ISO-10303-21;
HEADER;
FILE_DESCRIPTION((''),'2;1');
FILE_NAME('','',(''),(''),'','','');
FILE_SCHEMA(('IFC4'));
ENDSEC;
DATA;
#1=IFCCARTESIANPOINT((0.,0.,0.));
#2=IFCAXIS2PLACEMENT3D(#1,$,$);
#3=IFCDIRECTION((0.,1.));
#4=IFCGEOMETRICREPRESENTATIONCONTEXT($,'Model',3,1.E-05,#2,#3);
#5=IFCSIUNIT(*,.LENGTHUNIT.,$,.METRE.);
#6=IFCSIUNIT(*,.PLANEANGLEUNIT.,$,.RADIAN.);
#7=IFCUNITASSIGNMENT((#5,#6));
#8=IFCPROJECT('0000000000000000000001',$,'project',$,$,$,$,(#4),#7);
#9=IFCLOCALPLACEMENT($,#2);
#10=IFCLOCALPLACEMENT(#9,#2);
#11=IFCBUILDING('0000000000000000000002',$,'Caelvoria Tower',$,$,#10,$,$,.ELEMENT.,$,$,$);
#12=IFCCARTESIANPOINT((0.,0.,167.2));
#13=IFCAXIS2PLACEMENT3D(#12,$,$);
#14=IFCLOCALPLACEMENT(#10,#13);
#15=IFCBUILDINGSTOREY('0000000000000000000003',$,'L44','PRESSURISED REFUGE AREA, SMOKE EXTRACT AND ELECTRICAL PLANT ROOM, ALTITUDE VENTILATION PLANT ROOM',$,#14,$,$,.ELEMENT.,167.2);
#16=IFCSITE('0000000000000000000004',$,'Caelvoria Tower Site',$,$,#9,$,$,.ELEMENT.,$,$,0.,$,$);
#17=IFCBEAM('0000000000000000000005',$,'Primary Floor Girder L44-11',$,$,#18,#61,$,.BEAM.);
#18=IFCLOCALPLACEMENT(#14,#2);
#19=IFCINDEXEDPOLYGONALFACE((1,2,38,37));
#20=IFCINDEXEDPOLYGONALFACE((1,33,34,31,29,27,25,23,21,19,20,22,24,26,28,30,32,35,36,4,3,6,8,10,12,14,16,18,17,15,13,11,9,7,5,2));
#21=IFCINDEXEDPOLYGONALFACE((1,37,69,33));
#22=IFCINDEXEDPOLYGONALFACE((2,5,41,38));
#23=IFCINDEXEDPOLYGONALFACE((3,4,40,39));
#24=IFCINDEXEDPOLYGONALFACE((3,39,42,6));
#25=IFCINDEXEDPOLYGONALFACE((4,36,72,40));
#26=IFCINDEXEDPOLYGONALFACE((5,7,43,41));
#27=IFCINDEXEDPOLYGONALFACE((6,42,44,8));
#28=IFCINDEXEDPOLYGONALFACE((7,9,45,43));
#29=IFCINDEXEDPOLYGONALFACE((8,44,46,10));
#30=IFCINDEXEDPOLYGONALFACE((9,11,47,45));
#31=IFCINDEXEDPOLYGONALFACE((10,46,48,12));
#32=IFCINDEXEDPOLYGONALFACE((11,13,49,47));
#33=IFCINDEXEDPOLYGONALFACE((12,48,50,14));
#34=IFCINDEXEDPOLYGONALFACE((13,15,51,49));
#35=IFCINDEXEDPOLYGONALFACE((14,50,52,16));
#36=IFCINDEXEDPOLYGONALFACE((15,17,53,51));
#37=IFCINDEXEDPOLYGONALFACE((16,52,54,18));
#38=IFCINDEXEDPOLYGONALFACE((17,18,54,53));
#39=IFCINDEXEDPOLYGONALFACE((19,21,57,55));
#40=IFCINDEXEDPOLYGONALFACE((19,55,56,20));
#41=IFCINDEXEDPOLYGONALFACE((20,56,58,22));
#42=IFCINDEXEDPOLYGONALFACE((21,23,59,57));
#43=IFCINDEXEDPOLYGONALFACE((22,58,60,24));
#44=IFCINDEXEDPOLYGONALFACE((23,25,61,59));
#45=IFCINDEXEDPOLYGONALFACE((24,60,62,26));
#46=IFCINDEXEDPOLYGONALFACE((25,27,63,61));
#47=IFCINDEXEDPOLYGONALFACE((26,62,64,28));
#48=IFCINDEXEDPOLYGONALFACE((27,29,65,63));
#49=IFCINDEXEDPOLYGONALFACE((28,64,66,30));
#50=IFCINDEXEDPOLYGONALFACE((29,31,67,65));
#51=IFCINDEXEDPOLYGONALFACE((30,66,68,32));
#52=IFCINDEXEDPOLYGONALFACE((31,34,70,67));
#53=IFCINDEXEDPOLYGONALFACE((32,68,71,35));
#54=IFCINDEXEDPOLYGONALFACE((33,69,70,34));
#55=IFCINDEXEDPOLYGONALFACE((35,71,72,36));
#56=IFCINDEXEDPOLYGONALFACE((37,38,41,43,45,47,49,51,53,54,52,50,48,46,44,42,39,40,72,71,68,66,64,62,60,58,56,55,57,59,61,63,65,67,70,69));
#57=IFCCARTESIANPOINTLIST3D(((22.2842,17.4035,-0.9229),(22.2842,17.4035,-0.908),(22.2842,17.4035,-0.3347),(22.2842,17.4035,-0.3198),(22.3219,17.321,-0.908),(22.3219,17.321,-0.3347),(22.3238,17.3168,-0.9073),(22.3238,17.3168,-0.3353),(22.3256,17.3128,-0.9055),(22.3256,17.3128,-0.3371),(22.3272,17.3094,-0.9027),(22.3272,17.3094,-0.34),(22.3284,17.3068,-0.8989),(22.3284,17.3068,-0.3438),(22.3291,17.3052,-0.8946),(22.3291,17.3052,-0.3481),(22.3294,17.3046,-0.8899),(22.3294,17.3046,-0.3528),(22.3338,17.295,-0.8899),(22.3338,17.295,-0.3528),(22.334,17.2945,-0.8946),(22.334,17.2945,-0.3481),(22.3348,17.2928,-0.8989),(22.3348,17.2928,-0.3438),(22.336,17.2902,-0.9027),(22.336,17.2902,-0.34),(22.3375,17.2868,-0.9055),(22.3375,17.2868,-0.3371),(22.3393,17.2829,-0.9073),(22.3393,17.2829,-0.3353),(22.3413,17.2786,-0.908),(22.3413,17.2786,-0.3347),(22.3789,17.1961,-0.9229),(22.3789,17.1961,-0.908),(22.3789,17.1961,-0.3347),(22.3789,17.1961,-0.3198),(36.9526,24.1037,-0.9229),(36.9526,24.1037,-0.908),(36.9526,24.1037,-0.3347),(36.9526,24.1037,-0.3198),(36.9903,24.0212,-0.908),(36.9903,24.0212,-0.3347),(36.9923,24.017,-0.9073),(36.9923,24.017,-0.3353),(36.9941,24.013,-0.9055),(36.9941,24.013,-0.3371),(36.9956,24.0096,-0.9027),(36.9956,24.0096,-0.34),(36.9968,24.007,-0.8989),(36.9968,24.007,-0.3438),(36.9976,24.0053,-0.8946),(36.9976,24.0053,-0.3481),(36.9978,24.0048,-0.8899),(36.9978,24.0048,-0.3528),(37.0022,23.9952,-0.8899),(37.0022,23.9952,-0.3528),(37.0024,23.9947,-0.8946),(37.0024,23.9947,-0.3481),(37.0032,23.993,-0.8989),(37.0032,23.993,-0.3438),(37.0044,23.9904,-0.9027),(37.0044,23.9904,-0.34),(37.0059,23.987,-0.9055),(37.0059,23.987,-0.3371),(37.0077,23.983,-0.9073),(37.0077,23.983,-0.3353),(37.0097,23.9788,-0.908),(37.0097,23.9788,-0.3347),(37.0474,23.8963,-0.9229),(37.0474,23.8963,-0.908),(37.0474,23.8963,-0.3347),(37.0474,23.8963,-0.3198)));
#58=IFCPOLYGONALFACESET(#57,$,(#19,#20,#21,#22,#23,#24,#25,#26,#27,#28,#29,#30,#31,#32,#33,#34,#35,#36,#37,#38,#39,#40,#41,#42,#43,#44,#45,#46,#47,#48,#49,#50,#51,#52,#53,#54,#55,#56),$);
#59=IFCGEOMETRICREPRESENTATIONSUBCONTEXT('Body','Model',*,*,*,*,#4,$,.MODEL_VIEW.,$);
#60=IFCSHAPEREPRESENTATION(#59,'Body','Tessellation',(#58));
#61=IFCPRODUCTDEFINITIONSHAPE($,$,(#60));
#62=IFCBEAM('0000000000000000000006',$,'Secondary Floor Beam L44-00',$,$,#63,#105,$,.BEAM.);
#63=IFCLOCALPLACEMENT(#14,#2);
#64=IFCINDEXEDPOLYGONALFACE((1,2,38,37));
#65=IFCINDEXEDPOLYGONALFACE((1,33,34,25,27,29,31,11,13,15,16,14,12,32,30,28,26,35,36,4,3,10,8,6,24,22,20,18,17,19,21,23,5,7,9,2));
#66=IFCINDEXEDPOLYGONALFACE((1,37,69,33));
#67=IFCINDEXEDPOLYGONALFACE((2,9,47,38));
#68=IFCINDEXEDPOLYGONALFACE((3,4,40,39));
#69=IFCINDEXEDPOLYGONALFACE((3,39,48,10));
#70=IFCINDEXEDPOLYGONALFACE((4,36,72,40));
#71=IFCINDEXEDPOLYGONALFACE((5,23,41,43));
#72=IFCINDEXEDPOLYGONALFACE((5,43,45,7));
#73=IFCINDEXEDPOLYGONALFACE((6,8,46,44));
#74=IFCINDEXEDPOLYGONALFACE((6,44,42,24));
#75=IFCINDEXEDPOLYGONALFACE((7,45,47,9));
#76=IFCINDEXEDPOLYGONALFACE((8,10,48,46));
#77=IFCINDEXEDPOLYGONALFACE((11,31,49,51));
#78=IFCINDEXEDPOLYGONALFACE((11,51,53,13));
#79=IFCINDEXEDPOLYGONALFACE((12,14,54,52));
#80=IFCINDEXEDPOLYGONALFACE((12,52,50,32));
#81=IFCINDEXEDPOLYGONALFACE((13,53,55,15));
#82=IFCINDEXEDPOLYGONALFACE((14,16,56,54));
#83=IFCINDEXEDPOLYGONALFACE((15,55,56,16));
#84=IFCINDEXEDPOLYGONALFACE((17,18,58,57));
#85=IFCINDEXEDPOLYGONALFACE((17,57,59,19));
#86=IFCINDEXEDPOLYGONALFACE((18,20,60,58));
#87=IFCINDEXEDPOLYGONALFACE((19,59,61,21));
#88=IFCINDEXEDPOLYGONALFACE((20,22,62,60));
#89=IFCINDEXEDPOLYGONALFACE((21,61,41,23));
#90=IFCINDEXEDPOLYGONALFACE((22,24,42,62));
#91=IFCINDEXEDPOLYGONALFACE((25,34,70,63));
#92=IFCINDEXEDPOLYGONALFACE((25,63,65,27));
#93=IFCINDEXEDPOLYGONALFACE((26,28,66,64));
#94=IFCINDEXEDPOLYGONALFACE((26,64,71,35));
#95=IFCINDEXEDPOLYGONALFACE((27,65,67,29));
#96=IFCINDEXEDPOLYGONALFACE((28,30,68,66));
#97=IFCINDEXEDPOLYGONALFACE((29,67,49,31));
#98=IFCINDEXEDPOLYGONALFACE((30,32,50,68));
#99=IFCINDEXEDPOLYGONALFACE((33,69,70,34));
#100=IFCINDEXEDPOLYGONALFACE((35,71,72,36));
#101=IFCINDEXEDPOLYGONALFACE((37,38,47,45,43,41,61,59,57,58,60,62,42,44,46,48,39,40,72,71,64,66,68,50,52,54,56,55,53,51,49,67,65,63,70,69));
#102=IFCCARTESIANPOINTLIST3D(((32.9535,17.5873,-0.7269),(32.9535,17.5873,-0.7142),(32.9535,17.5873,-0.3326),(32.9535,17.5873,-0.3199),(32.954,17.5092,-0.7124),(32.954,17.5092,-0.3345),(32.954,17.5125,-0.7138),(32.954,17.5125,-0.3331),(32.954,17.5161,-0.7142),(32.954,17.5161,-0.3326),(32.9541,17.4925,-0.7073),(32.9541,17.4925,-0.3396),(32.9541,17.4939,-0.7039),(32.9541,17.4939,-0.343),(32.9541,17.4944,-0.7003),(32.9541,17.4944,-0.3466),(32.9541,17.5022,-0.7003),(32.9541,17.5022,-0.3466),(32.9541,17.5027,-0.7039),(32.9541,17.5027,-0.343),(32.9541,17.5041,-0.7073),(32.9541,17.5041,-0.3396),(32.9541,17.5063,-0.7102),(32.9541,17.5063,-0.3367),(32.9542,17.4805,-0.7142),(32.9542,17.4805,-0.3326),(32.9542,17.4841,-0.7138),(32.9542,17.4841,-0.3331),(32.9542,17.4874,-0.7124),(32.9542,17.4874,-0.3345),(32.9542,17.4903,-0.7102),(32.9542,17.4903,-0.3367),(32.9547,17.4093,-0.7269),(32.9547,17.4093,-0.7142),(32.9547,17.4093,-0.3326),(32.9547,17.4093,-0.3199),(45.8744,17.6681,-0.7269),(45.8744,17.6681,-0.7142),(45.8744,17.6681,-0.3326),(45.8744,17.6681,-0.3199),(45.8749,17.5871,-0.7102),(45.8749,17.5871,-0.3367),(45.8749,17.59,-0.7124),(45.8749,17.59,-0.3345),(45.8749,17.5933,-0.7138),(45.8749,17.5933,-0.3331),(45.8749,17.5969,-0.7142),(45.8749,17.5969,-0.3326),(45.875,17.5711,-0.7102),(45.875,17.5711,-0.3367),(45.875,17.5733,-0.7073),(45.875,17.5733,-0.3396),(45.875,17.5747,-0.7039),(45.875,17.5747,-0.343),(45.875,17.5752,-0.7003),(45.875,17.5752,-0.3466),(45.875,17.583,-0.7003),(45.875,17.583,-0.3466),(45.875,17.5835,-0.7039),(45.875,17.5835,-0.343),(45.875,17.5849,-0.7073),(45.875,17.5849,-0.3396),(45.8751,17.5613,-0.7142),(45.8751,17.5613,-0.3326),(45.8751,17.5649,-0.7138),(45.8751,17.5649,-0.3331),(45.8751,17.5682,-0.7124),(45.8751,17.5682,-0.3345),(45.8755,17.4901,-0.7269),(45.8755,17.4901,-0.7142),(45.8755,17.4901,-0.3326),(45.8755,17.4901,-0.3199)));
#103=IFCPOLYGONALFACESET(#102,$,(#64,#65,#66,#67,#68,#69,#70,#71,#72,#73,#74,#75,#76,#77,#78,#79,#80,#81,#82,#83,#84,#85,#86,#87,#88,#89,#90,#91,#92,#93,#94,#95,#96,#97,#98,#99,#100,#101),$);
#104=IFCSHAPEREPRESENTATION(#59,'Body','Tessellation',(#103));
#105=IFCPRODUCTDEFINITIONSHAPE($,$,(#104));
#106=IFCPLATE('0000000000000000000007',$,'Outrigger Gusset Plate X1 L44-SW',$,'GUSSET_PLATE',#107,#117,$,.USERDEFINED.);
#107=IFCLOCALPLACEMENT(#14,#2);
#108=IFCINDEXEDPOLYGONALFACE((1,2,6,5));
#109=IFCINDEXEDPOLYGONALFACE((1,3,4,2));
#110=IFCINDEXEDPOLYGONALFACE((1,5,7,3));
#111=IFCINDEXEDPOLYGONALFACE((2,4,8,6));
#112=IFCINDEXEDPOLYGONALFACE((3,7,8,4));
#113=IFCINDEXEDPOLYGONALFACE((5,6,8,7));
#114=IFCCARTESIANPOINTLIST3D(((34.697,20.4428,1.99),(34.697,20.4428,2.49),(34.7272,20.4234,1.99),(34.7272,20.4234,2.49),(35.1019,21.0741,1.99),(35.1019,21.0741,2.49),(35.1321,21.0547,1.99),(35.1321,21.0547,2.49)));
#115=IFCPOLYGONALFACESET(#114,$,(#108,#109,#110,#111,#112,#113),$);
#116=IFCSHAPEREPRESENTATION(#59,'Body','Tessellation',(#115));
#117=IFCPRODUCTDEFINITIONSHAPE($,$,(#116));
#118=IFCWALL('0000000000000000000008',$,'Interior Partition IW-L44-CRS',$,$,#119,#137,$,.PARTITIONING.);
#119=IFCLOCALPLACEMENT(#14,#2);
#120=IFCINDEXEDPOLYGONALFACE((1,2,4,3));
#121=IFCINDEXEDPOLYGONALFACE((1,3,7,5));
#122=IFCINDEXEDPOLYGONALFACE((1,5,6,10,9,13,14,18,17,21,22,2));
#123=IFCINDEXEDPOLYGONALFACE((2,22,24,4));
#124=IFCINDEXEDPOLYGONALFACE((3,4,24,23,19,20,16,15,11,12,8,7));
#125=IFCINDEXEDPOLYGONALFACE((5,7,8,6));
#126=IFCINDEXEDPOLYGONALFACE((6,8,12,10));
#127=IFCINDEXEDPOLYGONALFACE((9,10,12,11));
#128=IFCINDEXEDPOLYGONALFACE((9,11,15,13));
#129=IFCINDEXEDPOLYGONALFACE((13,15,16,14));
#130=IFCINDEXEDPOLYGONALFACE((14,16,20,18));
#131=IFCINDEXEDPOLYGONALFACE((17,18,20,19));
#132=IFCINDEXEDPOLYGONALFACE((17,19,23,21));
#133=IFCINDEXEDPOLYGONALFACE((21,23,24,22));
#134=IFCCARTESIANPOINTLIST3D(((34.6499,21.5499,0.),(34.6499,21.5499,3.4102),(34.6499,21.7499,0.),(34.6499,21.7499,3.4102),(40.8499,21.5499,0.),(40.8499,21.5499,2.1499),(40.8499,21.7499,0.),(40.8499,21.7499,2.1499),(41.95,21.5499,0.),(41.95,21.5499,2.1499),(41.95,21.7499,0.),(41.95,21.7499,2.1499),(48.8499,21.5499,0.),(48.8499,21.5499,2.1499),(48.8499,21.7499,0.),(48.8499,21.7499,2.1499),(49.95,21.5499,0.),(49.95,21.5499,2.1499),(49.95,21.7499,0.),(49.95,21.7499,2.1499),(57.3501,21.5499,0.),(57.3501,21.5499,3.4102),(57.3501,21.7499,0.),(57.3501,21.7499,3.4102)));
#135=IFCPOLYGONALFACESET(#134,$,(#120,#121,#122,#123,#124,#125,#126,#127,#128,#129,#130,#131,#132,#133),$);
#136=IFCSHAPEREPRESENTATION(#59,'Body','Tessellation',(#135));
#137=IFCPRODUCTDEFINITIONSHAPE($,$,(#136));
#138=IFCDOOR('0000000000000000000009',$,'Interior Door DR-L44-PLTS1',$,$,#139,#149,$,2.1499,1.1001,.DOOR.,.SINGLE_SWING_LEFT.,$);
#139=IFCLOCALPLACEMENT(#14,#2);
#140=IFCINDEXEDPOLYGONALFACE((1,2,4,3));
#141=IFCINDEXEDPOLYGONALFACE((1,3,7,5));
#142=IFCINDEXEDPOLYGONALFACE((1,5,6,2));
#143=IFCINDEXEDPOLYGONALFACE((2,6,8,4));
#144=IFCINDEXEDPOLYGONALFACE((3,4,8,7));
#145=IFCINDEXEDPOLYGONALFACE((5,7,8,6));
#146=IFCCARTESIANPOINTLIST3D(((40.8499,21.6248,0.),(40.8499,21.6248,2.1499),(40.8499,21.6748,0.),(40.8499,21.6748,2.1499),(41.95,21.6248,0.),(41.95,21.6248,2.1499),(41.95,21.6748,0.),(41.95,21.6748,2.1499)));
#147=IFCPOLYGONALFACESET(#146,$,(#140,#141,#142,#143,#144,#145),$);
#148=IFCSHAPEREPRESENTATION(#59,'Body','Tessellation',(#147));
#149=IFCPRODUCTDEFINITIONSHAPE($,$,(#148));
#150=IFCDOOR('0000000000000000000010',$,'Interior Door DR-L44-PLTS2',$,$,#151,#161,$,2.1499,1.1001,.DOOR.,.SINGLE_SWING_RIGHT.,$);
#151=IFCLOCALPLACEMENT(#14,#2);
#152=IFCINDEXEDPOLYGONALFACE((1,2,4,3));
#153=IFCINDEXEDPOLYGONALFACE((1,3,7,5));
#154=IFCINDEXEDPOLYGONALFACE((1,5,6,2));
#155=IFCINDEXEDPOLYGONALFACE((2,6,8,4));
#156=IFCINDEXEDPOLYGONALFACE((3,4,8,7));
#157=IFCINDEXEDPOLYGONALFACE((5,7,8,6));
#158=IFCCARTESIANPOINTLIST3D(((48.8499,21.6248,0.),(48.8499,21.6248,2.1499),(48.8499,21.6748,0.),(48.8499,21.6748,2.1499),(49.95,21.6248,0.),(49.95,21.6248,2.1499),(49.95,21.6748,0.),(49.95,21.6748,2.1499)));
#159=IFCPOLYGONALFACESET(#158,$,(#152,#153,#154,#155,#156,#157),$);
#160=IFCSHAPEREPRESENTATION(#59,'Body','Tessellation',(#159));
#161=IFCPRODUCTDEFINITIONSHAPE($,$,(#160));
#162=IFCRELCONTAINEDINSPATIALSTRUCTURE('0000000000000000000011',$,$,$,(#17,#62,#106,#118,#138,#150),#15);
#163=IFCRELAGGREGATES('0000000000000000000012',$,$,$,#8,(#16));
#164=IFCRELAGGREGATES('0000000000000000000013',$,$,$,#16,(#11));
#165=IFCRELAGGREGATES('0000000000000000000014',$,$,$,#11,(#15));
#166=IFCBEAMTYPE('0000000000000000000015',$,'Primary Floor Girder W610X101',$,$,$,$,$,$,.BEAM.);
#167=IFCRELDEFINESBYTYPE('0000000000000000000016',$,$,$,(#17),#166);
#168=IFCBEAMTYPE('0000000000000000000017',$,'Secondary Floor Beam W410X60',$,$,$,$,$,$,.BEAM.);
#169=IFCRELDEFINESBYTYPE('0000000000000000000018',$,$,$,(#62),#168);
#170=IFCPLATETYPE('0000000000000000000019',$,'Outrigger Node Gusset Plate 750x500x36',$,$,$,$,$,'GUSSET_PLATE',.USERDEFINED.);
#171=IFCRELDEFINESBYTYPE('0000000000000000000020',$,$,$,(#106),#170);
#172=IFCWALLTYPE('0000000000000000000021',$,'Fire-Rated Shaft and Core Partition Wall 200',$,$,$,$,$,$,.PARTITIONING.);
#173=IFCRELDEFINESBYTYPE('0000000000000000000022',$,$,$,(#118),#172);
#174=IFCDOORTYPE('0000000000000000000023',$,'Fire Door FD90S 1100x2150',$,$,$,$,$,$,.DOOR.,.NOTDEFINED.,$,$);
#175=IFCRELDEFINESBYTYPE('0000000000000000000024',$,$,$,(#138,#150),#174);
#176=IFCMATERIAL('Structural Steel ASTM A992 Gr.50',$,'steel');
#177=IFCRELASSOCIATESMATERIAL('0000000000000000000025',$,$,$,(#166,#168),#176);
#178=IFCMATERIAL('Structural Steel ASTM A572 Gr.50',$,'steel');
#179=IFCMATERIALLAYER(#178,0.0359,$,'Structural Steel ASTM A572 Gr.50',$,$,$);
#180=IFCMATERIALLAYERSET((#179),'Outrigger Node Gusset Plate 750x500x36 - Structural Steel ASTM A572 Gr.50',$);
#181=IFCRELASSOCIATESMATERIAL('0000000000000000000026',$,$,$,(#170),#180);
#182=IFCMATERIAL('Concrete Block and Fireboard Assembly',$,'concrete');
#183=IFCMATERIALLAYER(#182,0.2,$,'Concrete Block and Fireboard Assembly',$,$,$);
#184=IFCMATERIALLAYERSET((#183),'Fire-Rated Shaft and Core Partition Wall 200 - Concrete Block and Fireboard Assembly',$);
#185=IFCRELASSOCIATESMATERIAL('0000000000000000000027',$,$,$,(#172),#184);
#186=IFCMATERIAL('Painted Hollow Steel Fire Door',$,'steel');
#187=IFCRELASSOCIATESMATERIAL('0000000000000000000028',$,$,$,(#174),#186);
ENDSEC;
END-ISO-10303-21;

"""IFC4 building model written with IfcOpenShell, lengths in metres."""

from ifc_helpers import new_model, si_unit, direction, frame, frame_2d, origin, origin_2d, place, context, subcontext, project, spatial, rectangle, i_section, extrude, material, layer, layer_set, material_profile, profile_set, type_object, element, fill, save


model = new_model("IFC4")

# Units and contexts
model_context = context("Model", 3, precision=1e-05, world=origin(), true_north=direction((0.0, 1.0)))
body_context = subcontext(model_context, "Body", "Model", "MODEL_VIEW")
ifc_project = project(units=[si_unit("LENGTHUNIT", "METRE"), si_unit("PLANEANGLEUNIT", "RADIAN")], contexts=[model_context])

# Site, building, storey
site_placement = place(None, origin())
site = spatial("IfcSite", under=ifc_project, at=site_placement, Name="Caelvoria Tower Site", CompositionType="ELEMENT", RefElevation=0.0)
building_placement = place(site_placement, origin())
building = spatial("IfcBuilding", under=site, at=building_placement, Name="Caelvoria Tower", CompositionType="ELEMENT")
storey_placement = place(building_placement, frame((0.0, 0.0, 167.2)))
storey = spatial("IfcBuildingStorey", under=building, at=storey_placement, Name="L44", Description="PRESSURISED REFUGE AREA, SMOKE EXTRACT AND ELECTRICAL PLANT ROOM, ALTITUDE VENTILATION PLANT ROOM", CompositionType="ELEMENT", Elevation=167.2)

# Shared definitions
ifc_material_1 = material(Name="Structural Steel ASTM A572 Gr.50", Category="steel")

# Beams
ifc_material_2 = material(Name="Structural Steel ASTM A992 Gr.50", Category="steel")
ifc_material_profile_1 = material_profile(ifc_material_2, i_section(OverallWidth=0.228, OverallDepth=0.603, WebThickness=0.0105, FlangeThickness=0.0149, FilletRadius=0.0181, at=origin_2d()), Name="Structural Steel ASTM A992 Gr.50")
ifc_profile_set_1 = profile_set([ifc_material_profile_1], Name="W610X101 - Structural Steel ASTM A992 Gr.50")
beam_type_1 = type_object("IfcBeamType", Name="Primary Floor Girder W610X101", PredefinedType="BEAM", material=ifc_profile_set_1)
beam_1_placement = place(storey_placement, frame((37.0, 24.0, -0.6213), z_axis=(-0.909601, -0.415484, 0.0), x_axis=(0.415484, -0.909601, 0.0)))
element("IfcBeam", 1, at=beam_1_placement, inside=storey, type_object=beam_type_1, Name="Primary Floor Girder L44-11", PredefinedType="BEAM", context=body_context, shape_type="SweptSolid", body=[
    extrude(i_section(OverallWidth=0.228, OverallDepth=0.603, WebThickness=0.0105, FlangeThickness=0.0149, FilletRadius=0.0181, at=origin_2d()), origin(), (0.0, 0.0, 1.0), 16.1262),
])
ifc_material_profile_2 = material_profile(ifc_material_2, i_section(OverallWidth=0.178, OverallDepth=0.407, WebThickness=0.0078, FlangeThickness=0.0127, FilletRadius=0.0139, at=origin_2d()), Name="Structural Steel ASTM A992 Gr.50")
ifc_profile_set_2 = profile_set([ifc_material_profile_2], Name="W410X60 - Structural Steel ASTM A992 Gr.50")
beam_type_2 = type_object("IfcBeamType", Name="Secondary Floor Beam W410X60", PredefinedType="BEAM", material=ifc_profile_set_2)
beam_2_placement = place(storey_placement, frame((32.9541, 17.4983, -0.5234), z_axis=(0.99998, 0.006254, 0.0), x_axis=(-0.006254, 0.99998, 0.0)))
element("IfcBeam", 2, at=beam_2_placement, inside=storey, type_object=beam_type_2, Name="Secondary Floor Beam L44-00", PredefinedType="BEAM", context=body_context, shape_type="SweptSolid", body=[
    extrude(i_section(OverallWidth=0.178, OverallDepth=0.407, WebThickness=0.0078, FlangeThickness=0.0127, FilletRadius=0.0139, at=origin_2d()), origin(), (0.0, 0.0, 1.0), 12.9211),
])

# Plate
ifc_layer_1 = layer(ifc_material_1, 0.0359, Name="Structural Steel ASTM A572 Gr.50")
ifc_layer_set_1 = layer_set([ifc_layer_1], Name="Outrigger Node Gusset Plate 750x500x36 - Structural Steel ASTM A572 Gr.50")
plate_type = type_object("IfcPlateType", Name="Outrigger Node Gusset Plate 750x500x36", ElementType="GUSSET_PLATE", PredefinedType="USERDEFINED", material=ifc_layer_set_1)
plate_placement = place(storey_placement, frame((34.9146, 20.7488, 1.99), z_axis=(0.0, 0.0, 1.0), x_axis=(-0.539904, -0.841727, 0.0)))
element("IfcPlate", 3, at=plate_placement, inside=storey, type_object=plate_type, Name="Outrigger Gusset Plate X1 L44-SW", ObjectType="GUSSET_PLATE", PredefinedType="USERDEFINED", context=body_context, shape_type="SweptSolid", body=[
    extrude(rectangle(XDim=0.75, YDim=0.0359, at=origin_2d()), origin(), (0.0, 0.0, 1.0), 0.5),
])

# Wall, openings, doors
ifc_material_3 = material(Name="Concrete Block and Fireboard Assembly", Category="concrete")
ifc_layer_2 = layer(ifc_material_3, 0.2, Name="Concrete Block and Fireboard Assembly")
ifc_layer_set_2 = layer_set([ifc_layer_2], Name="Fire-Rated Shaft and Core Partition Wall 200 - Concrete Block and Fireboard Assembly")
wall_type_1 = type_object("IfcWallType", Name="Fire-Rated Shaft and Core Partition Wall 200", PredefinedType="PARTITIONING", material=ifc_layer_set_2)
wall_1_placement = place(storey_placement, frame((34.6499, 21.6499, 0.0), z_axis=(0.0, 0.0, 1.0), x_axis=(1.0, 0.0, 0.0)))
wall_1 = element("IfcWall", 4, at=wall_1_placement, inside=storey, type_object=wall_type_1, Name="Interior Partition IW-L44-CRS", PredefinedType="PARTITIONING", context=body_context, shape_type="SweptSolid", body=[
    extrude(rectangle(XDim=22.7002, YDim=0.2, at=frame_2d((11.3501, 0.0))), origin(), (0.0, 0.0, 1.0), 3.4102),
])
opening_1_placement = place(wall_1_placement, frame((6.2, 0.0, 0.0)))
opening_1 = element("IfcOpeningElement", 5, at=opening_1_placement, cuts=wall_1, PredefinedType="OPENING", context=body_context, shape_type="SweptSolid", body=[
    extrude(rectangle(XDim=1.1001, YDim=2.1499, at=frame_2d((0.55, 1.075))), frame((0.0, 0.1099, 0.0), z_axis=(0.0, -1.0, 0.0), x_axis=(1.0, 0.0, 0.0)), (0.0, 0.0, 1.0), 0.22),
])
opening_2_placement = place(wall_1_placement, frame((14.2, 0.0, 0.0)))
opening_2 = element("IfcOpeningElement", 6, at=opening_2_placement, cuts=wall_1, PredefinedType="OPENING", context=body_context, shape_type="SweptSolid", body=[
    extrude(rectangle(XDim=1.1001, YDim=2.1499, at=frame_2d((0.55, 1.075))), frame((0.0, 0.1099, 0.0), z_axis=(0.0, -1.0, 0.0), x_axis=(1.0, 0.0, 0.0)), (0.0, 0.0, 1.0), 0.22),
])
ifc_material_4 = material(Name="Painted Hollow Steel Fire Door", Category="steel")
door_type_1 = type_object("IfcDoorType", Name="Fire Door FD90S 1100x2150", OperationType="NOTDEFINED", PredefinedType="DOOR", material=ifc_material_4)
door_1_placement = place(opening_1_placement, origin())
door_1 = element("IfcDoor", 7, at=door_1_placement, inside=storey, type_object=door_type_1, Name="Interior Door DR-L44-PLTS1", OperationType="SINGLE_SWING_LEFT", OverallHeight=2.1499, OverallWidth=1.1001, PredefinedType="DOOR", context=body_context, shape_type="SweptSolid", body=[
    extrude(rectangle(XDim=1.1001, YDim=2.1499, at=frame_2d((0.55, 1.075))), frame((0.0, 0.0249, 0.0), z_axis=(0.0, -1.0, 0.0), x_axis=(1.0, 0.0, 0.0)), (0.0, 0.0, 1.0), 0.05),
])
fill(opening_1, door_1)
door_2_placement = place(opening_2_placement, origin())
door_2 = element("IfcDoor", 8, at=door_2_placement, inside=storey, type_object=door_type_1, Name="Interior Door DR-L44-PLTS2", OperationType="SINGLE_SWING_RIGHT", OverallHeight=2.1499, OverallWidth=1.1001, PredefinedType="DOOR", context=body_context, shape_type="SweptSolid", body=[
    extrude(rectangle(XDim=1.1001, YDim=2.1499, at=frame_2d((0.55, 1.075))), frame((0.0, 0.0249, 0.0), z_axis=(0.0, -1.0, 0.0), x_axis=(1.0, 0.0, 0.0)), (0.0, 0.0, 1.0), 0.05),
])
fill(opening_2, door_2)

save(model, "model.ifc")
